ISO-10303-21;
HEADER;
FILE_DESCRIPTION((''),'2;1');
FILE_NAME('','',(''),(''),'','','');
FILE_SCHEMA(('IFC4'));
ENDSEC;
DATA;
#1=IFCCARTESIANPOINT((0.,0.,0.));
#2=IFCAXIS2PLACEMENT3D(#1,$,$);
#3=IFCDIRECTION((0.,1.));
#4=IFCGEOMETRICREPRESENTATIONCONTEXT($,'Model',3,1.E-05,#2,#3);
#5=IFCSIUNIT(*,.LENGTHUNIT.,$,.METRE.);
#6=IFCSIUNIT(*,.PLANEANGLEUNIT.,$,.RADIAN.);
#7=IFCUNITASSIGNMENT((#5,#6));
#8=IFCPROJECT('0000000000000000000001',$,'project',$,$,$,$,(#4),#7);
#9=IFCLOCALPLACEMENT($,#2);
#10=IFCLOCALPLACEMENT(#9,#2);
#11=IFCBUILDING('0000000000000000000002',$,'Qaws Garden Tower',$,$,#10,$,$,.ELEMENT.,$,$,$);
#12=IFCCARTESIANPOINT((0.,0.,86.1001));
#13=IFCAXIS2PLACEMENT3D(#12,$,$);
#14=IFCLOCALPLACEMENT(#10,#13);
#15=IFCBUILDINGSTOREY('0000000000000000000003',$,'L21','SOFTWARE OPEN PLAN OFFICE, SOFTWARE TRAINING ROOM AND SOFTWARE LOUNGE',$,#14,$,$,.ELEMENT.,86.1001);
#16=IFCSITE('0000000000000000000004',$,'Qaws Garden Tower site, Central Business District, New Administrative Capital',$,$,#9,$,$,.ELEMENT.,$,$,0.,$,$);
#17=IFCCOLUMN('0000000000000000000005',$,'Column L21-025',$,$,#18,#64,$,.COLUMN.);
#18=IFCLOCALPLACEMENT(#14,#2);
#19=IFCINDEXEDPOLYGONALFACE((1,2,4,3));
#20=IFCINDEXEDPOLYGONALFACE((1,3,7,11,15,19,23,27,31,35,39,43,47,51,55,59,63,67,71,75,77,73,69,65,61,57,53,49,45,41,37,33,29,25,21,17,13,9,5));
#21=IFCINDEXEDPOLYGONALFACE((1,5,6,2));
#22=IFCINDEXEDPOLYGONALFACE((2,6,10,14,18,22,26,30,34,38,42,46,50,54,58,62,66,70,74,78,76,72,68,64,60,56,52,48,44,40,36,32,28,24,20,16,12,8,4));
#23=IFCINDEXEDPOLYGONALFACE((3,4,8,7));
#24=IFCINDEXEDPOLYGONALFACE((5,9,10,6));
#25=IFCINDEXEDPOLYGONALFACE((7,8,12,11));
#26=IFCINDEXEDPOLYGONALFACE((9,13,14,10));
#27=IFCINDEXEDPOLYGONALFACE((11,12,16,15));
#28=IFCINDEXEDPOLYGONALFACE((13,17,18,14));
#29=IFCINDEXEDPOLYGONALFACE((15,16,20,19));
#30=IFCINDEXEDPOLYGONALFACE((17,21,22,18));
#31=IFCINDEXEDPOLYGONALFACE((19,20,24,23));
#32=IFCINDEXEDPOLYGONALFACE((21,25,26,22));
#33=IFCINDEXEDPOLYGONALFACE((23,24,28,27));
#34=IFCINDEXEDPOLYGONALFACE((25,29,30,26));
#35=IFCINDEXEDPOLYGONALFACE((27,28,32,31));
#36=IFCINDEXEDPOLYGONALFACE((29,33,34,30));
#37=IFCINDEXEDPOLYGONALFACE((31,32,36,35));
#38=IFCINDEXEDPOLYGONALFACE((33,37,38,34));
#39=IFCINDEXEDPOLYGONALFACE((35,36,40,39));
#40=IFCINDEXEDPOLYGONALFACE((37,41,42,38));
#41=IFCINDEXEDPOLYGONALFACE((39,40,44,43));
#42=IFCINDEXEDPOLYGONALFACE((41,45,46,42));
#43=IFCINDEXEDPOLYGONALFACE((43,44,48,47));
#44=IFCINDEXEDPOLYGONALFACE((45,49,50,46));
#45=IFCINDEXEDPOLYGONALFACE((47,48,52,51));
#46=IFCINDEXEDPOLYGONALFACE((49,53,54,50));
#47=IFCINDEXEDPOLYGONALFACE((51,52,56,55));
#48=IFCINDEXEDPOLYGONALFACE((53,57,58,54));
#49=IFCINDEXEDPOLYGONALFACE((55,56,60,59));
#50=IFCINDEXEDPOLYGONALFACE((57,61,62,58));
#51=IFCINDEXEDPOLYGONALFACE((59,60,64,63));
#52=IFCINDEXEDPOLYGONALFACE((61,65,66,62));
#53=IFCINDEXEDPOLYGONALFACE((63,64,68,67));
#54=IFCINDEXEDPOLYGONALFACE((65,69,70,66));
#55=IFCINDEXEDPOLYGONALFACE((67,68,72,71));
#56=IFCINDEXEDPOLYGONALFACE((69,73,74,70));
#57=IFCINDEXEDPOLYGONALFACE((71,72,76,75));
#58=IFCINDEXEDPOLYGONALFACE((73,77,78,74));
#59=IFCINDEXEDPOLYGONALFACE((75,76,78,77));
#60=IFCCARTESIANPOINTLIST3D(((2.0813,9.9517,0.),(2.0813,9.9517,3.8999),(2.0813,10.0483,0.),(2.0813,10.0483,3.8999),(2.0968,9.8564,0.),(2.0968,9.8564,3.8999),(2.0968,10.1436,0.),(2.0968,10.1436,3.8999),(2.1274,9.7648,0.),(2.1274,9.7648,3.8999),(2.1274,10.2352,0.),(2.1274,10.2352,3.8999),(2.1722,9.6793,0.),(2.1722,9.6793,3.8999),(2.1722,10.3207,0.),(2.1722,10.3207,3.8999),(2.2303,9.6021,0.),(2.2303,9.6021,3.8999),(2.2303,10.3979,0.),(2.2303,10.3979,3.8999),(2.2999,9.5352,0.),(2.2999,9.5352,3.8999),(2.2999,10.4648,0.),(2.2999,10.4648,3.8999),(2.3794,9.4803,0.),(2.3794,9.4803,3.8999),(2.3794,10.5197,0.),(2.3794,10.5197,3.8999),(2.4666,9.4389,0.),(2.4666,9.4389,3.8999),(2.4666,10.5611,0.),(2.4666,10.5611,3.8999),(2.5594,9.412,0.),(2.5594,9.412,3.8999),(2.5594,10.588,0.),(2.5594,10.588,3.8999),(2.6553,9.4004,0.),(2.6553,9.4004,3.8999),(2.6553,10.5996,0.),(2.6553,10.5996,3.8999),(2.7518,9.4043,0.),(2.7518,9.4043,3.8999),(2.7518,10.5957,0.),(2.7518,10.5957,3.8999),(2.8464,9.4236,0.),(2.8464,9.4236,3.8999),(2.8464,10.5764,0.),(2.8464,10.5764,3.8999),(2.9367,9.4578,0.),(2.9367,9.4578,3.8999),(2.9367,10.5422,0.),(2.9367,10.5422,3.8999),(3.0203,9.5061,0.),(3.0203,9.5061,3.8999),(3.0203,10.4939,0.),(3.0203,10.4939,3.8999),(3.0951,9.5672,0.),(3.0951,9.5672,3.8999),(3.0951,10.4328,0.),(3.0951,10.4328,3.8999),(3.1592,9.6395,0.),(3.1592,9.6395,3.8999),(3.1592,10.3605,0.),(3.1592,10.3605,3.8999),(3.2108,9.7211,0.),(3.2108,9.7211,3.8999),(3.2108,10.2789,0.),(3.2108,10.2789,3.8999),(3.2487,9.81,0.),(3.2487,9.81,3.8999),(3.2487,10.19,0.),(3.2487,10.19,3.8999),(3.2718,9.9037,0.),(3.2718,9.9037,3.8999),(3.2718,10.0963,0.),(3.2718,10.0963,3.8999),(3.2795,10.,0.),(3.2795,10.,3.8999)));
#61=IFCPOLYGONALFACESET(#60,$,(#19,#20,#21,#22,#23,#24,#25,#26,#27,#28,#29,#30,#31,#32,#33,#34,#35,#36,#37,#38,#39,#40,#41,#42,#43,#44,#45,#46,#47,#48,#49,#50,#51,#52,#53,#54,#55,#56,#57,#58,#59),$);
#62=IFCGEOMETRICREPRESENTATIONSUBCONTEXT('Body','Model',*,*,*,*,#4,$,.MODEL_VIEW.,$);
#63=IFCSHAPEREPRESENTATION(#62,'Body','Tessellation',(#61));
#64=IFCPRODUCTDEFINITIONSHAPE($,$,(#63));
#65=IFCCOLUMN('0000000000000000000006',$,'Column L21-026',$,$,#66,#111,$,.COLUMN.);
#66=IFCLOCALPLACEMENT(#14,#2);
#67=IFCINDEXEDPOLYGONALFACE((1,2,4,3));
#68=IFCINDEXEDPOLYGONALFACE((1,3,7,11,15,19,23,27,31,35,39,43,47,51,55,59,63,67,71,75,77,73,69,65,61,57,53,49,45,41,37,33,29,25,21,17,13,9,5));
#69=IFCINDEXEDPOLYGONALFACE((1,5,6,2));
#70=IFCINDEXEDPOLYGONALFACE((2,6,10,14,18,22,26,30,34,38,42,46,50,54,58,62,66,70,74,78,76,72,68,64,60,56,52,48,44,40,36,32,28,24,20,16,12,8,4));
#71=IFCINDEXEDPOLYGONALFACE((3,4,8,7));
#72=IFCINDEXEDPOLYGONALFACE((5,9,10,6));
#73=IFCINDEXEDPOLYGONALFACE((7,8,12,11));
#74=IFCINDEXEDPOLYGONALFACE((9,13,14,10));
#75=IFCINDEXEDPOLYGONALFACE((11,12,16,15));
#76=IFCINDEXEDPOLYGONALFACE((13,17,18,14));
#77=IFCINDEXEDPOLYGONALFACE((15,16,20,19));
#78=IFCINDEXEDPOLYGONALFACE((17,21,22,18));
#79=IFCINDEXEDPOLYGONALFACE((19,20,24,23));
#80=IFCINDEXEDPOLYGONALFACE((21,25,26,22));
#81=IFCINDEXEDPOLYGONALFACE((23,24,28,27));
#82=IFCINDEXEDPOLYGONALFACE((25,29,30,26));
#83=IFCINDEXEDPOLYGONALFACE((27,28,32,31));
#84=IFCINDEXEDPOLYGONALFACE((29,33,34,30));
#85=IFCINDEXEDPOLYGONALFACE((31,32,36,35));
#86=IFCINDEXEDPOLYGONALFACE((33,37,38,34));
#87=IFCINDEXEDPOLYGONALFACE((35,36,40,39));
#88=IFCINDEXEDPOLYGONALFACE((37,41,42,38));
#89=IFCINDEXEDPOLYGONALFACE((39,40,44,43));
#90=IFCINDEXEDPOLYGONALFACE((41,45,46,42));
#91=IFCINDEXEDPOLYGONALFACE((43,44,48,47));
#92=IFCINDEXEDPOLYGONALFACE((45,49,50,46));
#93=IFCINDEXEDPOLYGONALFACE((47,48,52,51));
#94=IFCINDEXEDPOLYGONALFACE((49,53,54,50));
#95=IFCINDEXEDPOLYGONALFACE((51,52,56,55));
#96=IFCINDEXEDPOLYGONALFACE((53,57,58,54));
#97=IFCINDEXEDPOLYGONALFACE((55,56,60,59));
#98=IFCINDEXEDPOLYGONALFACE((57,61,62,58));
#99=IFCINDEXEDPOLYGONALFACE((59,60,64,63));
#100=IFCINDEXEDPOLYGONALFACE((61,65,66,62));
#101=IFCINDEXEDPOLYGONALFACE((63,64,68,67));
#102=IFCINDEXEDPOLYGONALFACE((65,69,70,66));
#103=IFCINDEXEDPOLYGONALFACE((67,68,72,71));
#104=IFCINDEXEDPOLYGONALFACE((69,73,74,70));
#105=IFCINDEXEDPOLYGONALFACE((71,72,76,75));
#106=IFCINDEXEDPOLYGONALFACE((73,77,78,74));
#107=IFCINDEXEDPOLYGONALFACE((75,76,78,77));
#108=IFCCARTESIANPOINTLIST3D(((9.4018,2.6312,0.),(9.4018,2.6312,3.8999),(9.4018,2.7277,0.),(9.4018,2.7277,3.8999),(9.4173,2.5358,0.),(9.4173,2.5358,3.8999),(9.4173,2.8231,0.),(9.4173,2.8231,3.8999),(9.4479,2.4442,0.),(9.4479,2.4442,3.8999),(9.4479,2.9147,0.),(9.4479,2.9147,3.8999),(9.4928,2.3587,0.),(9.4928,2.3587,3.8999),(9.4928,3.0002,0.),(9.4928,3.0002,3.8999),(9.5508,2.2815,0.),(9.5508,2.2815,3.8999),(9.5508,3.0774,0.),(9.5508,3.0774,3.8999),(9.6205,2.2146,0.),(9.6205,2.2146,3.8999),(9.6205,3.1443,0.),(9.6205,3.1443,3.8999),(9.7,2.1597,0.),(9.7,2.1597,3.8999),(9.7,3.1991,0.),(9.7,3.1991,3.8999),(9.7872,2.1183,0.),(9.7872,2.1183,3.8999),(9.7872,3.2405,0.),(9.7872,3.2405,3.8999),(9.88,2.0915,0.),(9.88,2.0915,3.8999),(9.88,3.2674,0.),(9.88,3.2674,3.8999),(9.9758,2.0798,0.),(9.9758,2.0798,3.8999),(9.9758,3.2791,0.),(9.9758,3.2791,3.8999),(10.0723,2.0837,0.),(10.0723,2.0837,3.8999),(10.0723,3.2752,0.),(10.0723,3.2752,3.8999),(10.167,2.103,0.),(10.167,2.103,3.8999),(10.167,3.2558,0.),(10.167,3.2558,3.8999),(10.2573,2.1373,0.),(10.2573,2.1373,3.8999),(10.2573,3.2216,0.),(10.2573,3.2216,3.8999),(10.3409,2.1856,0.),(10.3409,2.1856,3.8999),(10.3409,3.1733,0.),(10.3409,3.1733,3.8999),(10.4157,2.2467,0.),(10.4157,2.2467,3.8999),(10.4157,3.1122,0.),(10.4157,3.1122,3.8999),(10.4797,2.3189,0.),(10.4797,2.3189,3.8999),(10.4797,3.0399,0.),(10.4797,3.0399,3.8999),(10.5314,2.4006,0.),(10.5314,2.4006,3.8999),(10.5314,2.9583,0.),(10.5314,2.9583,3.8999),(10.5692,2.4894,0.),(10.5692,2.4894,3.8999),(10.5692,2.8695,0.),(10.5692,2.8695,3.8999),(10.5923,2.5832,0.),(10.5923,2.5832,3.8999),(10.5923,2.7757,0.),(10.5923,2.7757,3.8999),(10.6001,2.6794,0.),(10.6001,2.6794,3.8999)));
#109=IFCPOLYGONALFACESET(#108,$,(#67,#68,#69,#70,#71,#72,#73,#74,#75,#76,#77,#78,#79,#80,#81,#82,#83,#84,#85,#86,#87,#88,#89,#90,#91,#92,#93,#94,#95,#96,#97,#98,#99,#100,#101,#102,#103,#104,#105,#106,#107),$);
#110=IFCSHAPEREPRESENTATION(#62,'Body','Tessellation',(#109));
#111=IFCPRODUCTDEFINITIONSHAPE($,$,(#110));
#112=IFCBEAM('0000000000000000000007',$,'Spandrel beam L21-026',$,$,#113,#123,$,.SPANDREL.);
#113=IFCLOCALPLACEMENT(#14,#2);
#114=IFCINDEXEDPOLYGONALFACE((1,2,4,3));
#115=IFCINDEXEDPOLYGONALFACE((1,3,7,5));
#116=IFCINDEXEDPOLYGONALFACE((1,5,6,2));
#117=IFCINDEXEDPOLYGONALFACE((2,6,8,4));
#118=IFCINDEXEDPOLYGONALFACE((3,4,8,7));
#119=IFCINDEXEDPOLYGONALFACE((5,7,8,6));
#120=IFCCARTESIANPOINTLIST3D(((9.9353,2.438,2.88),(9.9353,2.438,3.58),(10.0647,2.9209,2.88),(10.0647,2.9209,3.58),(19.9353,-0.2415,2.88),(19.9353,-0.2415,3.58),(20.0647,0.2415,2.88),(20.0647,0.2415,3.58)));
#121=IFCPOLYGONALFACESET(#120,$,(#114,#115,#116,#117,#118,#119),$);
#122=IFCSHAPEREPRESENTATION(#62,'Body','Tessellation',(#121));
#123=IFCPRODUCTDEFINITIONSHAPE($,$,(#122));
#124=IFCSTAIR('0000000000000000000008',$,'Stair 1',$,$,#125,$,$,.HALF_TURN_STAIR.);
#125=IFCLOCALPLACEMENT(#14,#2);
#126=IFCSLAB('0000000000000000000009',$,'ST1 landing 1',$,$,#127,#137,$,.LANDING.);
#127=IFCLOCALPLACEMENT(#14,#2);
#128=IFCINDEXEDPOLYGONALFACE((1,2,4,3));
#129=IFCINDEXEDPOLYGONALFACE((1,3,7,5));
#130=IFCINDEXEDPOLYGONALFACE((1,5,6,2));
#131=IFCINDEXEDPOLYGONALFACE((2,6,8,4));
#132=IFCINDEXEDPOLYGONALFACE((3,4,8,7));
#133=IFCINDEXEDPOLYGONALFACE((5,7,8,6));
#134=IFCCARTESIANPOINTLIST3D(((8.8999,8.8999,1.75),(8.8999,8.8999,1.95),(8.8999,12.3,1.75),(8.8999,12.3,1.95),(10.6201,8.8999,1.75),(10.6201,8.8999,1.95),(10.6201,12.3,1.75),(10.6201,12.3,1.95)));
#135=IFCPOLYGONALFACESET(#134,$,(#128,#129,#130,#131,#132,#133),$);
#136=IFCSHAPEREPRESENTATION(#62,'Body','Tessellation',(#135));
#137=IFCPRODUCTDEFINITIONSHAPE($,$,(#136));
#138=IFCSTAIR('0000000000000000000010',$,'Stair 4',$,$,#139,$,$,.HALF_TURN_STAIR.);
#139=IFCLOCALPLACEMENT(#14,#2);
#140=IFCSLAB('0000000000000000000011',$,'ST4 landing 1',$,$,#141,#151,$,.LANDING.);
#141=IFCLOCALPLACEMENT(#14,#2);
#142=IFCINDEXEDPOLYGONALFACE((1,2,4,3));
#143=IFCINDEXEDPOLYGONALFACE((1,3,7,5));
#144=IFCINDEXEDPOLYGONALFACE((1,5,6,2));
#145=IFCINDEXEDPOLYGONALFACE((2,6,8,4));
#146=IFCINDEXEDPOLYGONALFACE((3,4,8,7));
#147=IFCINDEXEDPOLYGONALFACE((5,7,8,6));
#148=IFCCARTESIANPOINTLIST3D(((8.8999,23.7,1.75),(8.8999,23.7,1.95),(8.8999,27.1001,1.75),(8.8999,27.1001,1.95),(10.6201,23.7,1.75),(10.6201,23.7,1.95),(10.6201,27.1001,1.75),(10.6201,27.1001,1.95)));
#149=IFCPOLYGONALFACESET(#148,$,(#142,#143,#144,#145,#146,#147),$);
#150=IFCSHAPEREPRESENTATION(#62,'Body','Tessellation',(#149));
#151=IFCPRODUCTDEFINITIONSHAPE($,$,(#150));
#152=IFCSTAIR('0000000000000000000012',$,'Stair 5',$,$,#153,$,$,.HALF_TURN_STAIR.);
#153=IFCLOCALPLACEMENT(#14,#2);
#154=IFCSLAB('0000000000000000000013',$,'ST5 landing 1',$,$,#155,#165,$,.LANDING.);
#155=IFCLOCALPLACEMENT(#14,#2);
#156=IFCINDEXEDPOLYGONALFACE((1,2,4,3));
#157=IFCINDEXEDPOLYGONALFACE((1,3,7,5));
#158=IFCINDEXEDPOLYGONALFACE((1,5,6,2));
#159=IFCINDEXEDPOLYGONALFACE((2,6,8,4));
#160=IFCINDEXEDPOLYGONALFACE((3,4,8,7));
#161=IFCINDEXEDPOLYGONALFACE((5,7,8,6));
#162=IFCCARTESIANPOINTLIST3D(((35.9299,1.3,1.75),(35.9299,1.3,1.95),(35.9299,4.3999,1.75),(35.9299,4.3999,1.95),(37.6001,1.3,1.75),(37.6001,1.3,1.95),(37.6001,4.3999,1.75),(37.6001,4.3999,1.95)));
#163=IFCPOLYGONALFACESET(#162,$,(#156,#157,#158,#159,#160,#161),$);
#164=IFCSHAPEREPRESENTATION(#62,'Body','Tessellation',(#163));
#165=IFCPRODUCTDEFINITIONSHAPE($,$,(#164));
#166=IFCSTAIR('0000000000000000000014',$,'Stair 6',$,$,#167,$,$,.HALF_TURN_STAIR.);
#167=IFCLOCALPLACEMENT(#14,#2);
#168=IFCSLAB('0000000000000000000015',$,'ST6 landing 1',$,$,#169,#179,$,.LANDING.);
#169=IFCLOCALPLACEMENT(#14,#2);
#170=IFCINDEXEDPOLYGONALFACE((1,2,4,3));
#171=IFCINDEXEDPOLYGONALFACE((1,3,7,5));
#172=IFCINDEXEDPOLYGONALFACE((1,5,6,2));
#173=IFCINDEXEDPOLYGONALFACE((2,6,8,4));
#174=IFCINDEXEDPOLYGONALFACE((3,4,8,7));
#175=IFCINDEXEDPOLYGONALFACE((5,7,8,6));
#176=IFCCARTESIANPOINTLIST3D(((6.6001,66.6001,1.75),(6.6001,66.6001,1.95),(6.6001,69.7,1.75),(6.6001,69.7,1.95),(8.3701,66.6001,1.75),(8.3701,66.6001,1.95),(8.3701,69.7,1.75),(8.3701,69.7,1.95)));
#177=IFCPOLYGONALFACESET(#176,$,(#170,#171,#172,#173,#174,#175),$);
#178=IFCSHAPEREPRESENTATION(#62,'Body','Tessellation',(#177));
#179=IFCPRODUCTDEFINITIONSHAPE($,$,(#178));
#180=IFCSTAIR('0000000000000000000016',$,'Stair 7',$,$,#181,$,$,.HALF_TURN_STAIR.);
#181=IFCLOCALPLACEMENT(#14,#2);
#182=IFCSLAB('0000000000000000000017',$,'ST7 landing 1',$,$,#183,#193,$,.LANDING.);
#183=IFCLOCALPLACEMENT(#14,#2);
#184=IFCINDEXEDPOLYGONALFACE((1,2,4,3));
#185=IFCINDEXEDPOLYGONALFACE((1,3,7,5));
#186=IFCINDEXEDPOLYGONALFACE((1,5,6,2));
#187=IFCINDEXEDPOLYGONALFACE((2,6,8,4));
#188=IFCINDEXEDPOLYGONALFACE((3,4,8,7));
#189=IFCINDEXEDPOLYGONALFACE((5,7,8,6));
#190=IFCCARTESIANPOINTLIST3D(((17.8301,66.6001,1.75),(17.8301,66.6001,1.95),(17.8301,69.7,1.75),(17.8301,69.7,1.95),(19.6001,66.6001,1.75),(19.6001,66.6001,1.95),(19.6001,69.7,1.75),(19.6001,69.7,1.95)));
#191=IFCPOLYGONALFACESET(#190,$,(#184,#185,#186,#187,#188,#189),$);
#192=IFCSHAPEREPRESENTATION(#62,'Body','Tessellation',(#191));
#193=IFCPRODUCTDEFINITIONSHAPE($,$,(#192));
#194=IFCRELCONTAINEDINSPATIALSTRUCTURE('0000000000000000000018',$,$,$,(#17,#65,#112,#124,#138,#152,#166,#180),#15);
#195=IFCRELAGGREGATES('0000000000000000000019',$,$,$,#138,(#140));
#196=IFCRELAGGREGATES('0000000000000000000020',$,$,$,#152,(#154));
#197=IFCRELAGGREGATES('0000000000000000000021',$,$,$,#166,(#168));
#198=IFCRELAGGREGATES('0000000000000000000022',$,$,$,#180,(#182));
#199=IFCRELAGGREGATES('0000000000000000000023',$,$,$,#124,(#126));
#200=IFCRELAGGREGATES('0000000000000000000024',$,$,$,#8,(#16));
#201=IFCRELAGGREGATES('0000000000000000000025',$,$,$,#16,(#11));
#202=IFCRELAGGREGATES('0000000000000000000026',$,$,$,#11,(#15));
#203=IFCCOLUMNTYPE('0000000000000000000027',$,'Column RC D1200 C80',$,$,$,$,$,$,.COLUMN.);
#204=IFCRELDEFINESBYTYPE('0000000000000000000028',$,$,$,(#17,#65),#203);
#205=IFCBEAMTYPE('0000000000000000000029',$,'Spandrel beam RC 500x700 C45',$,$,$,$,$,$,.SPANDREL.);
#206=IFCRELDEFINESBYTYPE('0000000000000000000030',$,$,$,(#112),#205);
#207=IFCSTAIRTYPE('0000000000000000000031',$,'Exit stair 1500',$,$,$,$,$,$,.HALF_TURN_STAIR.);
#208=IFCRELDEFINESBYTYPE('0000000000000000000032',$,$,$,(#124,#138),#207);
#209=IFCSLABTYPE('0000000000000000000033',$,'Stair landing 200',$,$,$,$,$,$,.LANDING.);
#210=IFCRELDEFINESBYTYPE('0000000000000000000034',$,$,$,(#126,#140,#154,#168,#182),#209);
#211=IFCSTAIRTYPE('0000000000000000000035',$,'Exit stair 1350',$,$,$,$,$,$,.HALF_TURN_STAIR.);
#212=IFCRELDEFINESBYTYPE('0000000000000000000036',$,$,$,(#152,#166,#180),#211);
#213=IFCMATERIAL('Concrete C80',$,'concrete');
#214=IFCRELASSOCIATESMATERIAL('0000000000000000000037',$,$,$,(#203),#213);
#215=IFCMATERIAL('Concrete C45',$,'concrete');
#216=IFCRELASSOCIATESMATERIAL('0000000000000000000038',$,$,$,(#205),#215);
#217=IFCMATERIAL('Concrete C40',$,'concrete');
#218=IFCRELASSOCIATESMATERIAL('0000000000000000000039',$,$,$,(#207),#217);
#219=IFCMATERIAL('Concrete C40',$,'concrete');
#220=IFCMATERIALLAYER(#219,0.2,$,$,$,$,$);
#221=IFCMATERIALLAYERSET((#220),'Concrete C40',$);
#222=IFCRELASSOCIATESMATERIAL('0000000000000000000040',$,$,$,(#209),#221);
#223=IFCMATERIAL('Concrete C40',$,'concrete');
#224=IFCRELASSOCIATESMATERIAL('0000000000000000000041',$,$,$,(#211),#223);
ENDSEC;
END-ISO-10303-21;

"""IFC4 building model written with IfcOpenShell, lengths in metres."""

from ifc_helpers import new_model, si_unit, direction, frame, origin, origin_2d, place, context, subcontext, project, spatial, polyline, rectangle, circle, outline, extrude, material, layer, layer_set, material_profile, profile_set, type_object, element, aggregate, save


model = new_model("IFC4")

# Units and contexts
model_context = context("Model", 3, precision=1e-05, world=origin(), true_north=direction((0.0, 1.0)))
body_context = subcontext(model_context, "Body", "Model", "MODEL_VIEW")
ifc_project = project(units=[si_unit("LENGTHUNIT", "METRE"), si_unit("PLANEANGLEUNIT", "RADIAN")], contexts=[model_context])

# Site, building, storey
site_placement = place(None, origin())
site = spatial("IfcSite", under=ifc_project, at=site_placement, Name="Qaws Garden Tower site, Central Business District, New Administrative Capital", CompositionType="ELEMENT", RefElevation=0.0)
building_placement = place(site_placement, origin())
building = spatial("IfcBuilding", under=site, at=building_placement, Name="Qaws Garden Tower", CompositionType="ELEMENT")
storey_placement = place(building_placement, frame((0.0, 0.0, 86.1001)))
storey = spatial("IfcBuildingStorey", under=building, at=storey_placement, Name="L21", Description="SOFTWARE OPEN PLAN OFFICE, SOFTWARE TRAINING ROOM AND SOFTWARE LOUNGE", CompositionType="ELEMENT", Elevation=86.1001)

# Columns
ifc_material_1 = material(Name="Concrete C80", Category="concrete")
ifc_material_profile_1 = material_profile(ifc_material_1, circle(Radius=0.6001, at=origin_2d()), Name="RC D1200")
ifc_profile_set_1 = profile_set([ifc_material_profile_1], Name="Concrete C80")
column_type = type_object("IfcColumnType", Name="Column RC D1200 C80", PredefinedType="COLUMN", material=ifc_profile_set_1)
for number, where, z_axis, x_axis, name in (
    (1, (2.6794, 10.0, 0.0), (0.0, 0.0, 1.0), (1.0, 0.0, 0.0), "Column L21-025"),
    (2, (10.0, 2.6794, 0.0), (0.0, 0.0, 1.0), (1.0, 0.0, 0.0), "Column L21-026"),
):
    element("IfcColumn", number, at=place(storey_placement, frame(where, z_axis=z_axis, x_axis=x_axis)), inside=storey, type_object=column_type, Name=name, PredefinedType="COLUMN", context=body_context, shape_type="SweptSolid", body=[
        extrude(circle(Radius=0.6001, at=origin_2d()), origin(), (0.0, 0.0, 1.0), 3.8999),
    ])

# Beam
ifc_material_2 = material(Name="Concrete C45", Category="concrete")
ifc_material_profile_2 = material_profile(ifc_material_2, rectangle(XDim=0.5, YDim=0.7, at=origin_2d()), Name="RC 500x700")
ifc_profile_set_2 = profile_set([ifc_material_profile_2], Name="Concrete C45")
beam_type = type_object("IfcBeamType", Name="Spandrel beam RC 500x700 C45", PredefinedType="SPANDREL", material=ifc_profile_set_2)
beam_placement = place(storey_placement, frame((10.0, 2.6794, 3.23), z_axis=(0.965927, -0.258815, 0.0), x_axis=(0.258815, 0.965927, 0.0)))
element("IfcBeam", 3, at=beam_placement, inside=storey, type_object=beam_type, Name="Spandrel beam L21-026", PredefinedType="SPANDREL", context=body_context, shape_type="SweptSolid", body=[
    extrude(rectangle(XDim=0.5, YDim=0.7, at=origin_2d()), origin(), (0.0, 0.0, 1.0), 10.3528),
])

# Stairs, slabs
ifc_material_3 = material(Name="Concrete C40", Category="concrete")
stair_type_1 = type_object("IfcStairType", Name="Exit stair 1500", PredefinedType="HALF_TURN_STAIR", material=ifc_material_3)
placement_1 = place(storey_placement, origin())
stair_1 = element("IfcStair", 4, at=placement_1, inside=storey, type_object=stair_type_1, Name="Stair 1", PredefinedType="HALF_TURN_STAIR")
ifc_material_4 = material(Name="Concrete C40", Category="concrete")
ifc_layer_1 = layer(ifc_material_4, 0.2)
ifc_layer_set_1 = layer_set([ifc_layer_1], Name="Concrete C40")
slab_type = type_object("IfcSlabType", Name="Stair landing 200", PredefinedType="LANDING", material=ifc_layer_set_1)
placement_2 = place(storey_placement, frame((0.0, 0.0, 1.75)))
slab_1 = element("IfcSlab", 5, at=placement_2, type_object=slab_type, Name="ST1 landing 1", PredefinedType="LANDING", context=body_context, shape_type="SweptSolid", body=[
    extrude(outline(polyline([(8.8999, 8.8999), (10.6201, 8.8999), (10.6201, 12.3), (8.8999, 12.3), (8.8999, 8.8999)])), origin(), (0.0, 0.0, 1.0), 0.2),
])
stair_2 = element("IfcStair", 6, at=placement_1, inside=storey, type_object=stair_type_1, Name="Stair 4", PredefinedType="HALF_TURN_STAIR")
slab_2 = element("IfcSlab", 7, at=placement_2, type_object=slab_type, Name="ST4 landing 1", PredefinedType="LANDING", context=body_context, shape_type="SweptSolid", body=[
    extrude(outline(polyline([(8.8999, 23.7), (10.6201, 23.7), (10.6201, 27.1001), (8.8999, 27.1001), (8.8999, 23.7)])), origin(), (0.0, 0.0, 1.0), 0.2),
])
aggregate(stair_2, [slab_2])
ifc_material_5 = material(Name="Concrete C40", Category="concrete")
stair_type_2 = type_object("IfcStairType", Name="Exit stair 1350", PredefinedType="HALF_TURN_STAIR", material=ifc_material_5)
stair_3 = element("IfcStair", 8, at=placement_1, inside=storey, type_object=stair_type_2, Name="Stair 5", PredefinedType="HALF_TURN_STAIR")
slab_3 = element("IfcSlab", 9, at=placement_2, type_object=slab_type, Name="ST5 landing 1", PredefinedType="LANDING", context=body_context, shape_type="SweptSolid", body=[
    extrude(outline(polyline([(35.9299, 1.3), (37.6001, 1.3), (37.6001, 4.3999), (35.9299, 4.3999), (35.9299, 1.3)])), origin(), (0.0, 0.0, 1.0), 0.2),
])
aggregate(stair_3, [slab_3])
stair_4 = element("IfcStair", 10, at=placement_1, inside=storey, type_object=stair_type_2, Name="Stair 6", PredefinedType="HALF_TURN_STAIR")
slab_4 = element("IfcSlab", 11, at=placement_2, type_object=slab_type, Name="ST6 landing 1", PredefinedType="LANDING", context=body_context, shape_type="SweptSolid", body=[
    extrude(outline(polyline([(6.6001, 66.6001), (8.3701, 66.6001), (8.3701, 69.7), (6.6001, 69.7), (6.6001, 66.6001)])), origin(), (0.0, 0.0, 1.0), 0.2),
])
aggregate(stair_4, [slab_4])
stair_5 = element("IfcStair", 12, at=placement_1, inside=storey, type_object=stair_type_2, Name="Stair 7", PredefinedType="HALF_TURN_STAIR")
slab_5 = element("IfcSlab", 13, at=placement_2, type_object=slab_type, Name="ST7 landing 1", PredefinedType="LANDING", context=body_context, shape_type="SweptSolid", body=[
    extrude(outline(polyline([(17.8301, 66.6001), (19.6001, 66.6001), (19.6001, 69.7), (17.8301, 69.7), (17.8301, 66.6001)])), origin(), (0.0, 0.0, 1.0), 0.2),
])
aggregate(stair_5, [slab_5])

aggregate(stair_1, [slab_1])

save(model, "model.ifc")
